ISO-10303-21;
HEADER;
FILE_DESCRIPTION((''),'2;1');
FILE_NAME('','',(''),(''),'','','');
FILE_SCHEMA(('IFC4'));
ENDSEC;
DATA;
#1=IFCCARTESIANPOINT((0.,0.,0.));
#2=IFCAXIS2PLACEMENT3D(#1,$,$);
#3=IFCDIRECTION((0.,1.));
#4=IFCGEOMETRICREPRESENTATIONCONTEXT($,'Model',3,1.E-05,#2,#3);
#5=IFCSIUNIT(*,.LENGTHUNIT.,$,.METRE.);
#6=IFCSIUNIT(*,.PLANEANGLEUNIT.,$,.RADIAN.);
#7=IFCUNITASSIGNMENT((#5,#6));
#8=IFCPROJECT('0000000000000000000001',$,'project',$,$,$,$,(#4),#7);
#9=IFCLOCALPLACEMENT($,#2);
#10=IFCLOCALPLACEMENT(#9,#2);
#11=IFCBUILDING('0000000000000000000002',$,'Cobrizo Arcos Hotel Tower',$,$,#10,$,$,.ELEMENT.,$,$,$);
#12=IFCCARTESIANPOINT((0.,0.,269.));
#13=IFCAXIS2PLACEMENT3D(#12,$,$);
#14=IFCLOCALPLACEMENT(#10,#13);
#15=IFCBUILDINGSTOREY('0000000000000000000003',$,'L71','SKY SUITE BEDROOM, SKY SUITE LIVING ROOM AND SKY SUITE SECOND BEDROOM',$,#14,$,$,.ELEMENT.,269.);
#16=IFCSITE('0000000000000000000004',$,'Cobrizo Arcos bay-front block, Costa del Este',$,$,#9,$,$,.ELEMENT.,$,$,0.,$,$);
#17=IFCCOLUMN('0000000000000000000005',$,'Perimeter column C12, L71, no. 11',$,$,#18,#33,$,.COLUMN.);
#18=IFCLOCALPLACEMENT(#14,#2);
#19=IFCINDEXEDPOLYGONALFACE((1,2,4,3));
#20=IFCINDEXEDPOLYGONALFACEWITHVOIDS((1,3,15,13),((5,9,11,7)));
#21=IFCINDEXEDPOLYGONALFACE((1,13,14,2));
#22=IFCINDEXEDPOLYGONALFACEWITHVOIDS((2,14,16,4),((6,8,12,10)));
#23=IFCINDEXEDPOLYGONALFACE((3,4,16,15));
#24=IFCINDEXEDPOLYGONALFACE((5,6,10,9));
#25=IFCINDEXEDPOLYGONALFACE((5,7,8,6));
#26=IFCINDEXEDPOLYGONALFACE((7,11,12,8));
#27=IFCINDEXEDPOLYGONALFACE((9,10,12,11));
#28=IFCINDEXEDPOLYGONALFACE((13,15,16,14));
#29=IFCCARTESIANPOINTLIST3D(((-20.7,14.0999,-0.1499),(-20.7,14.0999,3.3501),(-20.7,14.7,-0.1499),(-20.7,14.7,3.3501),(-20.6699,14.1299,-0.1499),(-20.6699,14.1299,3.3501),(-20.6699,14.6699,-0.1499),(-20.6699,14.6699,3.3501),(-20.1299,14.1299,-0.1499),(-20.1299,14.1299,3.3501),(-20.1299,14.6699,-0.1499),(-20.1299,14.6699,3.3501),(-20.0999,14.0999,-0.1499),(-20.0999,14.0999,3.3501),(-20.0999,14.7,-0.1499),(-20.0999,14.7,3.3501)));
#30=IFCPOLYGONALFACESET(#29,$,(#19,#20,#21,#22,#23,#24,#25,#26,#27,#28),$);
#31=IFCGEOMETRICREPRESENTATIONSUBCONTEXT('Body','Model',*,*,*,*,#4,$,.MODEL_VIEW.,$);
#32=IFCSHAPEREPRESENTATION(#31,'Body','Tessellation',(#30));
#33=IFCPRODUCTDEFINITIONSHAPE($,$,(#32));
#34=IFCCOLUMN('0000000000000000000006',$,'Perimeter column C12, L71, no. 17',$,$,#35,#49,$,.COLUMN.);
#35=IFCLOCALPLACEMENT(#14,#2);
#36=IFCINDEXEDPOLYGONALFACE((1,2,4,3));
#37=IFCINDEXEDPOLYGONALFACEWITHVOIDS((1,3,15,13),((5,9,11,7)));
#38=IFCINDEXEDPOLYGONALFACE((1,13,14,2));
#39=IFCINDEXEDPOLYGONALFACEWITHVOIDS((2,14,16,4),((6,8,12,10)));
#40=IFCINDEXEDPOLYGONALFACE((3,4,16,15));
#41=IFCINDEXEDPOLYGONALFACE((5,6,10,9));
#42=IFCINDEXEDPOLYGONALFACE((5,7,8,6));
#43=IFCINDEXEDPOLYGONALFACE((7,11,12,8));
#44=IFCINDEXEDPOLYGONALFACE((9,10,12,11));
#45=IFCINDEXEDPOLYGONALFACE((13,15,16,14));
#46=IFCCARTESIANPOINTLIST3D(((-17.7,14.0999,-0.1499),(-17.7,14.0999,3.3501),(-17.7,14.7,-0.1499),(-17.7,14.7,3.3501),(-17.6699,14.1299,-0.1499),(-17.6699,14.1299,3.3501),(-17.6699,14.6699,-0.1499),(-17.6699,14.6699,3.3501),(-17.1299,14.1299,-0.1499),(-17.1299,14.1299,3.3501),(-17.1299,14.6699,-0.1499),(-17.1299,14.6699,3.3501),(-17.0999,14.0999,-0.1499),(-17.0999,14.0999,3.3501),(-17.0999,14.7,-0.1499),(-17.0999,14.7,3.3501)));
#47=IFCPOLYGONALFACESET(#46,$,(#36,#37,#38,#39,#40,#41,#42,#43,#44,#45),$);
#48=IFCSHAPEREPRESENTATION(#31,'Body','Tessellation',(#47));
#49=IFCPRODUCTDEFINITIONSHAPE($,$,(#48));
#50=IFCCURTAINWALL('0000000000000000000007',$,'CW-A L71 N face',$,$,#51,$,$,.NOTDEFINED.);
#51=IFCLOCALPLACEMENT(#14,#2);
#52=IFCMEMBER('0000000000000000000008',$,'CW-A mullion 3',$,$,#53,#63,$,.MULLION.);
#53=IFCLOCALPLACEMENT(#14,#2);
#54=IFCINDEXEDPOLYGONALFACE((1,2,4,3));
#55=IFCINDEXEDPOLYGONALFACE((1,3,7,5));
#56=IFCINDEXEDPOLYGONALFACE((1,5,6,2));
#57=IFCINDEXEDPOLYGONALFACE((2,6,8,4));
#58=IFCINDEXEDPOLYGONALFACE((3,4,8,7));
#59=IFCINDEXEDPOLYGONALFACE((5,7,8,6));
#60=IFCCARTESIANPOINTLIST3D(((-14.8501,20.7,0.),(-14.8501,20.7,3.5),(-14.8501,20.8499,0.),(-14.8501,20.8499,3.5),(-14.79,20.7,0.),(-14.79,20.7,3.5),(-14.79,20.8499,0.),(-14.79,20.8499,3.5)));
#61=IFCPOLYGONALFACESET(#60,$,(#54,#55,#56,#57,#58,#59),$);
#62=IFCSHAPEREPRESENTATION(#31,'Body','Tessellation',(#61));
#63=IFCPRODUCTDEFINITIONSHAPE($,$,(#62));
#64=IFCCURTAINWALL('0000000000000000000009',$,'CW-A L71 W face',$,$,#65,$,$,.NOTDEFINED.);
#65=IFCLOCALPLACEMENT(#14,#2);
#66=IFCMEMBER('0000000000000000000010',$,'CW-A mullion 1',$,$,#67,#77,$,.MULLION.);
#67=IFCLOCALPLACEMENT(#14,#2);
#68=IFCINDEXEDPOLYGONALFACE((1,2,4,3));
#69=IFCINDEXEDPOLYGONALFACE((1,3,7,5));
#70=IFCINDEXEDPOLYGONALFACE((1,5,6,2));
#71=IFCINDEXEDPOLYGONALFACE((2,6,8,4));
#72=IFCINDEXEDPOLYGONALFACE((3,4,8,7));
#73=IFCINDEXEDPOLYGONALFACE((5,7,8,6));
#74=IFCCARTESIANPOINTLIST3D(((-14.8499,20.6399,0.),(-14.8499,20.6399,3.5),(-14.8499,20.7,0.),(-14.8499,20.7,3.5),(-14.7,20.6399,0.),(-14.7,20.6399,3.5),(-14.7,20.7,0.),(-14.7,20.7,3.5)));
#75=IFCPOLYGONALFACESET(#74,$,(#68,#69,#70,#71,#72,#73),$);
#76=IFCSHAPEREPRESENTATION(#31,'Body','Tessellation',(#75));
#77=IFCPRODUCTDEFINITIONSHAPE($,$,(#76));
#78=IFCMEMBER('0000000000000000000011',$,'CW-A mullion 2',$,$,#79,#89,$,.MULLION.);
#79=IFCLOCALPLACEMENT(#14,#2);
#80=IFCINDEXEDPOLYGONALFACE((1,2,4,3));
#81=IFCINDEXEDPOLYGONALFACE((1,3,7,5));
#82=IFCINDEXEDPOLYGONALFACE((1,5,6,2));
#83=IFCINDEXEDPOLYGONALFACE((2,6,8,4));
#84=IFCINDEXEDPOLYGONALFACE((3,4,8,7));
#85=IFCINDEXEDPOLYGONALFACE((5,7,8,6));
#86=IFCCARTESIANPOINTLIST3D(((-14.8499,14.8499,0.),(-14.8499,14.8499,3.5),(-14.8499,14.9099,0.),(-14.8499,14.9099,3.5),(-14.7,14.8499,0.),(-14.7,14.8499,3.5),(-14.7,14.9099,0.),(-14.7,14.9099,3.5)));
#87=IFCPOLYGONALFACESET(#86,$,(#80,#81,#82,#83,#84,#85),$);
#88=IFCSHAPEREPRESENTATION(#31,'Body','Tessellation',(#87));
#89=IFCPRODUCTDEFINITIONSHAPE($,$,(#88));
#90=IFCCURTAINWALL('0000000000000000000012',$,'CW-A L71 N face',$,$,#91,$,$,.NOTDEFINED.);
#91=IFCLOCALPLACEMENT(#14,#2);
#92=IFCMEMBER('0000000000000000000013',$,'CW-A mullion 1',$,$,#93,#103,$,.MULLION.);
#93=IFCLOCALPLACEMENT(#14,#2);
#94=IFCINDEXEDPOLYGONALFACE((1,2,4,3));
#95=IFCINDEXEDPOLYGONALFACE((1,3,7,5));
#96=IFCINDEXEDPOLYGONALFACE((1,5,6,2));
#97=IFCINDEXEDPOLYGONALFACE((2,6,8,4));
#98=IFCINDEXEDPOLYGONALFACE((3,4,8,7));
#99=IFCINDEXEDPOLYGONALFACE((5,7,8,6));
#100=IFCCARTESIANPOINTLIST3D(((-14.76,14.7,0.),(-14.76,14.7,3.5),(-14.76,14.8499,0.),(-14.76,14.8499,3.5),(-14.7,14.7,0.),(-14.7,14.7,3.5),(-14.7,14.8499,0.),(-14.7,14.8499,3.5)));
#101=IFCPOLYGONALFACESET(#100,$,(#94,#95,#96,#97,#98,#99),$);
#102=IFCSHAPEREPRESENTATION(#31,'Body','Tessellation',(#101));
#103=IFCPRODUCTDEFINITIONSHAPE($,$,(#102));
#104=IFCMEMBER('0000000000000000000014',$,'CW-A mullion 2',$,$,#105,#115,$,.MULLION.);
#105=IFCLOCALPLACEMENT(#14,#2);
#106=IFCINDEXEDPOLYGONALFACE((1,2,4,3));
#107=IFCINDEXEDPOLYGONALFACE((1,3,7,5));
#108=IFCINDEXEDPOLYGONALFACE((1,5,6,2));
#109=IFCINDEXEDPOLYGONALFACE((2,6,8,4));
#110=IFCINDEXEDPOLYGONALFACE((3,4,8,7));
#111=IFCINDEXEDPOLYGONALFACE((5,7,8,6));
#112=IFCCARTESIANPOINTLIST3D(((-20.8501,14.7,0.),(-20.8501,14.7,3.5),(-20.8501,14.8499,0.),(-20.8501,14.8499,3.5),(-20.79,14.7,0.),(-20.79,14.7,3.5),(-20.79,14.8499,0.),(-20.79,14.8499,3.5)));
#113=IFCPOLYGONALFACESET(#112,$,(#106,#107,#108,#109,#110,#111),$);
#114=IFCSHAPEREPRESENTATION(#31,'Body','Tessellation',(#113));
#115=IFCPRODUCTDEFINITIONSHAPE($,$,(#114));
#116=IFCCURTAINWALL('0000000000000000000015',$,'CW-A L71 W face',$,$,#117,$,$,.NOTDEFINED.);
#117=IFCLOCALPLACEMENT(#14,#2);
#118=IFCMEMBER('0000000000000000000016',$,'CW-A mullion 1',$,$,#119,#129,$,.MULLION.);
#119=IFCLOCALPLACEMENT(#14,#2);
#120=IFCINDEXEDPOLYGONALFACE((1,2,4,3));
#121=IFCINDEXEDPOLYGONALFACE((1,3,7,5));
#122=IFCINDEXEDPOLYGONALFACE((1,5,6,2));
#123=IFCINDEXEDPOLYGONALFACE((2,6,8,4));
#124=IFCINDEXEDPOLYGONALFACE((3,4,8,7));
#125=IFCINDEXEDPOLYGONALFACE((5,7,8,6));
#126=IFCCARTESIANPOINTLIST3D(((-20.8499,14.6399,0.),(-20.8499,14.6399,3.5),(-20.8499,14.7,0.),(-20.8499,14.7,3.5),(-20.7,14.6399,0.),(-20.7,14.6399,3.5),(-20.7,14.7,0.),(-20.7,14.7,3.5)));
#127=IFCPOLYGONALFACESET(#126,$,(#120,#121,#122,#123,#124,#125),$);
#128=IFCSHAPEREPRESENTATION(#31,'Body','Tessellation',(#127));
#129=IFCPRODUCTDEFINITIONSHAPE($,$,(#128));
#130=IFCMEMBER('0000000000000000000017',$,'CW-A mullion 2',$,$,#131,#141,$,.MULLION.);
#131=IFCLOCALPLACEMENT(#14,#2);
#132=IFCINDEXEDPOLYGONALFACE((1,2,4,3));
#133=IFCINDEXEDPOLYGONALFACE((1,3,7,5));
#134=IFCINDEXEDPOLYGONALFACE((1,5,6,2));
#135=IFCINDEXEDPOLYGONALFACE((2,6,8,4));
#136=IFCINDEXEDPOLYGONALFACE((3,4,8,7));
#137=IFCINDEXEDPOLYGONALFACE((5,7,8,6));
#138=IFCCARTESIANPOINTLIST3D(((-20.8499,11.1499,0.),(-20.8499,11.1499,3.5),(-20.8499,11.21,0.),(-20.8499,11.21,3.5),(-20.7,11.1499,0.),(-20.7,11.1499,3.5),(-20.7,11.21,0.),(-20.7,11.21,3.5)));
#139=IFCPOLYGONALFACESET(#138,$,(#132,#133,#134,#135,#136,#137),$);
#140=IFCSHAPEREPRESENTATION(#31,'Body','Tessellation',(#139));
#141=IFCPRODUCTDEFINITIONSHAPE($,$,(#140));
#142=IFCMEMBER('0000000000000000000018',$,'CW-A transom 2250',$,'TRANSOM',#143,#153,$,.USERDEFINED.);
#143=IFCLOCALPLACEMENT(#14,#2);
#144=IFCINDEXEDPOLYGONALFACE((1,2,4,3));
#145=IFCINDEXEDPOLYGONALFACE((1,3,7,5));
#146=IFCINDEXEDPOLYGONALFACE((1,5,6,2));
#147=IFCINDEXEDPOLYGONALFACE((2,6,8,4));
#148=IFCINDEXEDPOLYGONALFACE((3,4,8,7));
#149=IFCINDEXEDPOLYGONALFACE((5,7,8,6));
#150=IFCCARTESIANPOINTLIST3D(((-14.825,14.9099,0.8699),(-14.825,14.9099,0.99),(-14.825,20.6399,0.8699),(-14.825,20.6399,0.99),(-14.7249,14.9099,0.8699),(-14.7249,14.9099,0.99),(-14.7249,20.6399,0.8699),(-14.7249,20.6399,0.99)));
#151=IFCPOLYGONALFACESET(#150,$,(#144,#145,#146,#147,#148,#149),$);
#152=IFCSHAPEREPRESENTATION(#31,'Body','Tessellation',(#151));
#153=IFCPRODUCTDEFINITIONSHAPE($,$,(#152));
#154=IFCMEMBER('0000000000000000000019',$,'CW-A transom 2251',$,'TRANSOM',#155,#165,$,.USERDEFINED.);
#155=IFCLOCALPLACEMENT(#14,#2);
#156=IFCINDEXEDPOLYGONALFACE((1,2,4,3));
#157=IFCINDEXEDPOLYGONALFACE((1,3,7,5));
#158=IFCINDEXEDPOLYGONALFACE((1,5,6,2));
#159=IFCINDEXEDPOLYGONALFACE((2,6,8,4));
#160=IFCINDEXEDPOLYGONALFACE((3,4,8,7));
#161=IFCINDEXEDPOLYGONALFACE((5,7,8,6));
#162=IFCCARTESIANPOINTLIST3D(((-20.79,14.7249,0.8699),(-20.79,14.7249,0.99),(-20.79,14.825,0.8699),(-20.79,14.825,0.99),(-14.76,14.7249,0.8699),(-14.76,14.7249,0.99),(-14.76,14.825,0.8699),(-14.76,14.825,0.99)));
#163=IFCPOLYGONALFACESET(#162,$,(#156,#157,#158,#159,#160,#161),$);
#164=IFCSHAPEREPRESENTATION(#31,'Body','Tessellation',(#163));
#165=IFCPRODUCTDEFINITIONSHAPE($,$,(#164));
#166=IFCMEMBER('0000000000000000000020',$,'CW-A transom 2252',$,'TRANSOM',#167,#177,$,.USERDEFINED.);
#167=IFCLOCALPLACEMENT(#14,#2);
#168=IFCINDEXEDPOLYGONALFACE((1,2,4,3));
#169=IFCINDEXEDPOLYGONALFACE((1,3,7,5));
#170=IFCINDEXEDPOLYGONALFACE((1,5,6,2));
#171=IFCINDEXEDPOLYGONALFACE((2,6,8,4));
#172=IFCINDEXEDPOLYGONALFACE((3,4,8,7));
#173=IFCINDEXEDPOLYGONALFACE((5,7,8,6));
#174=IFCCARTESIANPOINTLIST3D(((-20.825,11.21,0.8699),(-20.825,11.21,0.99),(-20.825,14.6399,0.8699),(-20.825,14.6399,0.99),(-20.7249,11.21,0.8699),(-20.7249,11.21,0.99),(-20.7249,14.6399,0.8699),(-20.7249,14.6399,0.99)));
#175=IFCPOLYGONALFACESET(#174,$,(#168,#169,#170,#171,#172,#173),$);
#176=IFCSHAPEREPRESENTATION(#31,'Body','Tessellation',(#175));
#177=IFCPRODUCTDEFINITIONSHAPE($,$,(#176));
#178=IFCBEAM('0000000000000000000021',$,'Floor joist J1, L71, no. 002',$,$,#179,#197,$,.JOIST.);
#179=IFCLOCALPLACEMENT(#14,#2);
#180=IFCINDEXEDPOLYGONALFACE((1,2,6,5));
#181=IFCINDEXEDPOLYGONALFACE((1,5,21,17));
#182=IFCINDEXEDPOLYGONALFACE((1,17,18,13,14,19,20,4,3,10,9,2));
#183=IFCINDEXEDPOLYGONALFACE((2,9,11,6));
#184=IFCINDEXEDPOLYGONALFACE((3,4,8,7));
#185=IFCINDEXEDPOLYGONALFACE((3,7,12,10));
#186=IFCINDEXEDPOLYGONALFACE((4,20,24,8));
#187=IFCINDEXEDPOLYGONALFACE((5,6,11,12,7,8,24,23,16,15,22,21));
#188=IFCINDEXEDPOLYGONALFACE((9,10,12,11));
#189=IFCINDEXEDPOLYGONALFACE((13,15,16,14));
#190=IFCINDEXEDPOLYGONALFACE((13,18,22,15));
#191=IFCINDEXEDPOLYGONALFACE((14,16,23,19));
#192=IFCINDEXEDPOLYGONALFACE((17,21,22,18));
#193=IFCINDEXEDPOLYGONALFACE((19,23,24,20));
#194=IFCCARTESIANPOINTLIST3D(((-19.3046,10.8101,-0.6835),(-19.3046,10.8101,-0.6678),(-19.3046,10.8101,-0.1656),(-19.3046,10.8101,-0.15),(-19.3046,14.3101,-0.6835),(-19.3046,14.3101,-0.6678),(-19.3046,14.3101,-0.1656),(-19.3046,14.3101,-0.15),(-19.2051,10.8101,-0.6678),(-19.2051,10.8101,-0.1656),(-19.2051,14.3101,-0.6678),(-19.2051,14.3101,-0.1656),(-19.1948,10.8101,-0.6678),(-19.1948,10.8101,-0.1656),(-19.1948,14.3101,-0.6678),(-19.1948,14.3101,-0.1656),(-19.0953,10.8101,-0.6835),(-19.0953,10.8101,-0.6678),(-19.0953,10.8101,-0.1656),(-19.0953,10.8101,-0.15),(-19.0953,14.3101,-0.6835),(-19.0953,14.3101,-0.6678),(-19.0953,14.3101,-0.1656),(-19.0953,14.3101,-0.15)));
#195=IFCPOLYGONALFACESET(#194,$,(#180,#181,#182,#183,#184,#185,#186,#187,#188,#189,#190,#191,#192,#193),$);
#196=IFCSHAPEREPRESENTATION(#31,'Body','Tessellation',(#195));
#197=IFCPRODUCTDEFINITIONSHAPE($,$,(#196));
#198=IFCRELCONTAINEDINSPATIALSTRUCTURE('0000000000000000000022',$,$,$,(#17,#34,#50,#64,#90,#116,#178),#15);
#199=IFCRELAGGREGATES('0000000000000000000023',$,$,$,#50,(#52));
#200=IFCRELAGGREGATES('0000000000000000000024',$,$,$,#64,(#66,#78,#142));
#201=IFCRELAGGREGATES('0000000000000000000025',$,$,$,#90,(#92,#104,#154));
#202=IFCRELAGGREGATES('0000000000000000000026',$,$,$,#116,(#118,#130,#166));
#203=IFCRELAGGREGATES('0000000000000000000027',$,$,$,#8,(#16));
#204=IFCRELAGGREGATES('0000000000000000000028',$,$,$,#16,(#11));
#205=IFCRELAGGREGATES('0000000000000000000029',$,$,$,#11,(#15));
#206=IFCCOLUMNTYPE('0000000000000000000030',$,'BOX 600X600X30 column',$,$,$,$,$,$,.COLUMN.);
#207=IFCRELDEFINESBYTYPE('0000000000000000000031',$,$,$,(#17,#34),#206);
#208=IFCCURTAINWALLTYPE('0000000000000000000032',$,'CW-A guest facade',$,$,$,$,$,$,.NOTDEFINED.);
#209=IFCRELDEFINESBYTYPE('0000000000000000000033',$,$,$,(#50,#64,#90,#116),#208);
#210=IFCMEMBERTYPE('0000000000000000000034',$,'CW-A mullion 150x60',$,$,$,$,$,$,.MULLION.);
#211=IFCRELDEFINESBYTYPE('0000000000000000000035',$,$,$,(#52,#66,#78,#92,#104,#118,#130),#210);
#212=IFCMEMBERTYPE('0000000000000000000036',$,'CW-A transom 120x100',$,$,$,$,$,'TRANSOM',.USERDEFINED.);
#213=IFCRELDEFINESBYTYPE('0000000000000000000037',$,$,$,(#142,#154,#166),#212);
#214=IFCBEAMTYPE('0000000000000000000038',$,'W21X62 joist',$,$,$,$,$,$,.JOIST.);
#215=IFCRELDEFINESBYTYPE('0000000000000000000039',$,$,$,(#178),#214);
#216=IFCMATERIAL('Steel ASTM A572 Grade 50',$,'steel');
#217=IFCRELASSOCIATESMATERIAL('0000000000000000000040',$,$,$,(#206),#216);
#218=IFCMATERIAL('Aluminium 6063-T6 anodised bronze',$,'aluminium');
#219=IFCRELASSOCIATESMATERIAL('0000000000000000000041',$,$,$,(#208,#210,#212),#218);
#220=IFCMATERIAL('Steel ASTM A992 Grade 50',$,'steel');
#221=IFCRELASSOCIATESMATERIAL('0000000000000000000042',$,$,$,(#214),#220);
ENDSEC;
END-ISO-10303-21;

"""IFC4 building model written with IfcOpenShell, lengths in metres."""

from ifc_helpers import new_model, si_unit, direction, frame, origin, origin_2d, place, context, subcontext, project, spatial, rectangle, hollow_rectangle, i_section, extrude, material, material_profile, profile_set, type_object, element, aggregate, save


model = new_model("IFC4")

# Units and contexts
model_context = context("Model", 3, precision=1e-05, world=origin(), true_north=direction((0.0, 1.0)))
body_context = subcontext(model_context, "Body", "Model", "MODEL_VIEW")
ifc_project = project(units=[si_unit("LENGTHUNIT", "METRE"), si_unit("PLANEANGLEUNIT", "RADIAN")], contexts=[model_context])

# Site, building, storey
site_placement = place(None, origin())
site = spatial("IfcSite", under=ifc_project, at=site_placement, Name="Cobrizo Arcos bay-front block, Costa del Este", CompositionType="ELEMENT", RefElevation=0.0)
building_placement = place(site_placement, origin())
building = spatial("IfcBuilding", under=site, at=building_placement, Name="Cobrizo Arcos Hotel Tower", CompositionType="ELEMENT")
storey_placement = place(building_placement, frame((0.0, 0.0, 269.0)))
storey = spatial("IfcBuildingStorey", under=building, at=storey_placement, Name="L71", Description="SKY SUITE BEDROOM, SKY SUITE LIVING ROOM AND SKY SUITE SECOND BEDROOM", CompositionType="ELEMENT", Elevation=269.0)

# Columns
ifc_material_1 = material(Name="Steel ASTM A572 Grade 50", Category="steel")
ifc_material_profile_1 = material_profile(ifc_material_1, hollow_rectangle(XDim=0.6001, YDim=0.6001, WallThickness=0.03, at=origin_2d()), Name="BOX 600X600X30")
ifc_profile_set_1 = profile_set([ifc_material_profile_1], Name="Steel ASTM A572 Grade 50")
column_type = type_object("IfcColumnType", Name="BOX 600X600X30 column", PredefinedType="COLUMN", material=ifc_profile_set_1)
for number, where, z_axis, x_axis, name in (
    (1, (-20.3999, 14.3999, -0.1499), (0.0, 0.0, 1.0), (1.0, 0.0, 0.0), "Perimeter column C12, L71, no. 11"),
    (2, (-17.3999, 14.3999, -0.1499), (0.0, 0.0, 1.0), (1.0, 0.0, 0.0), "Perimeter column C12, L71, no. 17"),
):
    element("IfcColumn", number, at=place(storey_placement, frame(where, z_axis=z_axis, x_axis=x_axis)), inside=storey, type_object=column_type, Name=name, PredefinedType="COLUMN", context=body_context, shape_type="SweptSolid", body=[
        extrude(hollow_rectangle(XDim=0.6001, YDim=0.6001, WallThickness=0.03, at=origin_2d()), origin(), (0.0, 0.0, 1.0), 3.5),
    ])

# Curtain wall, member
ifc_material_2 = material(Name="Aluminium 6063-T6 anodised bronze", Category="aluminium")
curtain_wall_type = type_object("IfcCurtainWallType", Name="CW-A guest facade", PredefinedType="NOTDEFINED", material=ifc_material_2)
curtain_wall_1_placement = place(storey_placement, origin())
curtain_wall_1 = element("IfcCurtainWall", 3, at=curtain_wall_1_placement, inside=storey, type_object=curtain_wall_type, Name="CW-A L71 N face", PredefinedType="NOTDEFINED")
ifc_material_profile_2 = material_profile(ifc_material_2, rectangle(XDim=0.1499, YDim=0.0601, at=origin_2d()), Name="CW-A mullion 150x60")
ifc_profile_set_2 = profile_set([ifc_material_profile_2], Name="Aluminium 6063-T6 anodised bronze")
member_type_1 = type_object("IfcMemberType", Name="CW-A mullion 150x60", PredefinedType="MULLION", material=ifc_profile_set_2)
member_1_placement = place(storey_placement, frame((-14.8201, 20.7749, 0.0), z_axis=(0.0, 0.0, 1.0), x_axis=(0.0, 1.0, 0.0)))
member_1 = element("IfcMember", 4, at=member_1_placement, type_object=member_type_1, Name="CW-A mullion 3", PredefinedType="MULLION", context=body_context, shape_type="SweptSolid", body=[
    extrude(rectangle(XDim=0.1499, YDim=0.0601, at=origin_2d()), origin(), (0.0, 0.0, 1.0), 3.5),
])
aggregate(curtain_wall_1, [member_1])

# Curtain walls, members
curtain_wall_2_placement = place(storey_placement, origin())
curtain_wall_2 = element("IfcCurtainWall", 5, at=curtain_wall_2_placement, inside=storey, type_object=curtain_wall_type, Name="CW-A L71 W face", PredefinedType="NOTDEFINED")
member_2_placement = place(storey_placement, frame((-14.7749, 20.6699, 0.0), z_axis=(0.0, 0.0, 1.0), x_axis=(-1.0, 0.0, 0.0)))
member_2 = element("IfcMember", 6, at=member_2_placement, type_object=member_type_1, Name="CW-A mullion 1", PredefinedType="MULLION", context=body_context, shape_type="SweptSolid", body=[
    extrude(rectangle(XDim=0.1499, YDim=0.0601, at=origin_2d()), origin(), (0.0, 0.0, 1.0), 3.5),
])
member_3_placement = place(storey_placement, frame((-14.7749, 14.8799, 0.0), z_axis=(0.0, 0.0, 1.0), x_axis=(-1.0, 0.0, 0.0)))
member_3 = element("IfcMember", 7, at=member_3_placement, type_object=member_type_1, Name="CW-A mullion 2", PredefinedType="MULLION", context=body_context, shape_type="SweptSolid", body=[
    extrude(rectangle(XDim=0.1499, YDim=0.0601, at=origin_2d()), origin(), (0.0, 0.0, 1.0), 3.5),
])
curtain_wall_3_placement = place(storey_placement, origin())
curtain_wall_3 = element("IfcCurtainWall", 8, at=curtain_wall_3_placement, inside=storey, type_object=curtain_wall_type, Name="CW-A L71 N face", PredefinedType="NOTDEFINED")
member_4_placement = place(storey_placement, frame((-14.73, 14.7749, 0.0), z_axis=(0.0, 0.0, 1.0), x_axis=(0.0, 1.0, 0.0)))
member_4 = element("IfcMember", 9, at=member_4_placement, type_object=member_type_1, Name="CW-A mullion 1", PredefinedType="MULLION", context=body_context, shape_type="SweptSolid", body=[
    extrude(rectangle(XDim=0.1499, YDim=0.0601, at=origin_2d()), origin(), (0.0, 0.0, 1.0), 3.5),
])
member_5_placement = place(storey_placement, frame((-20.8201, 14.7749, 0.0), z_axis=(0.0, 0.0, 1.0), x_axis=(0.0, 1.0, 0.0)))
member_5 = element("IfcMember", 10, at=member_5_placement, type_object=member_type_1, Name="CW-A mullion 2", PredefinedType="MULLION", context=body_context, shape_type="SweptSolid", body=[
    extrude(rectangle(XDim=0.1499, YDim=0.0601, at=origin_2d()), origin(), (0.0, 0.0, 1.0), 3.5),
])
curtain_wall_4_placement = place(storey_placement, origin())
curtain_wall_4 = element("IfcCurtainWall", 11, at=curtain_wall_4_placement, inside=storey, type_object=curtain_wall_type, Name="CW-A L71 W face", PredefinedType="NOTDEFINED")
member_6_placement = place(storey_placement, frame((-20.7749, 14.6699, 0.0), z_axis=(0.0, 0.0, 1.0), x_axis=(-1.0, 0.0, 0.0)))
member_6 = element("IfcMember", 12, at=member_6_placement, type_object=member_type_1, Name="CW-A mullion 1", PredefinedType="MULLION", context=body_context, shape_type="SweptSolid", body=[
    extrude(rectangle(XDim=0.1499, YDim=0.0601, at=origin_2d()), origin(), (0.0, 0.0, 1.0), 3.5),
])
member_7_placement = place(storey_placement, frame((-20.7749, 11.1799, 0.0), z_axis=(0.0, 0.0, 1.0), x_axis=(-1.0, 0.0, 0.0)))
member_7 = element("IfcMember", 13, at=member_7_placement, type_object=member_type_1, Name="CW-A mullion 2", PredefinedType="MULLION", context=body_context, shape_type="SweptSolid", body=[
    extrude(rectangle(XDim=0.1499, YDim=0.0601, at=origin_2d()), origin(), (0.0, 0.0, 1.0), 3.5),
])

# Members
ifc_material_profile_3 = material_profile(ifc_material_2, rectangle(XDim=0.1001, YDim=0.1201, at=origin_2d()), Name="CW-A transom 120x100")
ifc_profile_set_3 = profile_set([ifc_material_profile_3], Name="Aluminium 6063-T6 anodised bronze")
member_type_2 = type_object("IfcMemberType", Name="CW-A transom 120x100", ElementType="TRANSOM", PredefinedType="USERDEFINED", material=ifc_profile_set_3)
member_8_placement = place(storey_placement, frame((-14.7749, 20.6399, 0.9299), z_axis=(0.0, -1.0, 0.0), x_axis=(1.0, 0.0, 0.0)))
member_8 = element("IfcMember", 14, at=member_8_placement, type_object=member_type_2, Name="CW-A transom 2250", ObjectType="TRANSOM", PredefinedType="USERDEFINED", context=body_context, shape_type="SweptSolid", body=[
    extrude(rectangle(XDim=0.1001, YDim=0.1201, at=origin_2d()), origin(), (0.0, 0.0, 1.0), 5.73),
])
member_9_placement = place(storey_placement, frame((-14.76, 14.7749, 0.9299), z_axis=(-1.0, 0.0, 0.0), x_axis=(0.0, -1.0, 0.0)))
member_9 = element("IfcMember", 15, at=member_9_placement, type_object=member_type_2, Name="CW-A transom 2251", ObjectType="TRANSOM", PredefinedType="USERDEFINED", context=body_context, shape_type="SweptSolid", body=[
    extrude(rectangle(XDim=0.1001, YDim=0.1201, at=origin_2d()), origin(), (0.0, 0.0, 1.0), 6.03),
])
member_10_placement = place(storey_placement, frame((-20.7749, 14.6399, 0.9299), z_axis=(0.0, -1.0, 0.0), x_axis=(1.0, 0.0, 0.0)))
member_10 = element("IfcMember", 16, at=member_10_placement, type_object=member_type_2, Name="CW-A transom 2252", ObjectType="TRANSOM", PredefinedType="USERDEFINED", context=body_context, shape_type="SweptSolid", body=[
    extrude(rectangle(XDim=0.1001, YDim=0.1201, at=origin_2d()), origin(), (0.0, 0.0, 1.0), 3.4299),
])

# Beam
ifc_material_3 = material(Name="Steel ASTM A992 Grade 50", Category="steel")
ifc_material_profile_4 = material_profile(ifc_material_3, i_section(OverallWidth=0.2092, OverallDepth=0.5334, WebThickness=0.0103, FlangeThickness=0.0156, at=origin_2d()), Name="W21X62")
ifc_profile_set_4 = profile_set([ifc_material_profile_4], Name="Steel ASTM A992 Grade 50")
beam_type_1 = type_object("IfcBeamType", Name="W21X62 joist", PredefinedType="JOIST", material=ifc_profile_set_4)
beam_1_placement = place(storey_placement, frame((-19.2, 10.8101, -0.4167), z_axis=(0.0, 1.0, 0.0), x_axis=(-1.0, 0.0, 0.0)))
element("IfcBeam", 17, at=beam_1_placement, inside=storey, type_object=beam_type_1, Name="Floor joist J1, L71, no. 002", PredefinedType="JOIST", context=body_context, shape_type="SweptSolid", body=[
    extrude(i_section(OverallWidth=0.2092, OverallDepth=0.5334, WebThickness=0.0103, FlangeThickness=0.0156, at=origin_2d()), origin(), (0.0, 0.0, 1.0), 3.5),
])

aggregate(curtain_wall_2, [member_2, member_3, member_8])
aggregate(curtain_wall_3, [member_4, member_5, member_9])
aggregate(curtain_wall_4, [member_6, member_7, member_10])

save(model, "model.ifc")
